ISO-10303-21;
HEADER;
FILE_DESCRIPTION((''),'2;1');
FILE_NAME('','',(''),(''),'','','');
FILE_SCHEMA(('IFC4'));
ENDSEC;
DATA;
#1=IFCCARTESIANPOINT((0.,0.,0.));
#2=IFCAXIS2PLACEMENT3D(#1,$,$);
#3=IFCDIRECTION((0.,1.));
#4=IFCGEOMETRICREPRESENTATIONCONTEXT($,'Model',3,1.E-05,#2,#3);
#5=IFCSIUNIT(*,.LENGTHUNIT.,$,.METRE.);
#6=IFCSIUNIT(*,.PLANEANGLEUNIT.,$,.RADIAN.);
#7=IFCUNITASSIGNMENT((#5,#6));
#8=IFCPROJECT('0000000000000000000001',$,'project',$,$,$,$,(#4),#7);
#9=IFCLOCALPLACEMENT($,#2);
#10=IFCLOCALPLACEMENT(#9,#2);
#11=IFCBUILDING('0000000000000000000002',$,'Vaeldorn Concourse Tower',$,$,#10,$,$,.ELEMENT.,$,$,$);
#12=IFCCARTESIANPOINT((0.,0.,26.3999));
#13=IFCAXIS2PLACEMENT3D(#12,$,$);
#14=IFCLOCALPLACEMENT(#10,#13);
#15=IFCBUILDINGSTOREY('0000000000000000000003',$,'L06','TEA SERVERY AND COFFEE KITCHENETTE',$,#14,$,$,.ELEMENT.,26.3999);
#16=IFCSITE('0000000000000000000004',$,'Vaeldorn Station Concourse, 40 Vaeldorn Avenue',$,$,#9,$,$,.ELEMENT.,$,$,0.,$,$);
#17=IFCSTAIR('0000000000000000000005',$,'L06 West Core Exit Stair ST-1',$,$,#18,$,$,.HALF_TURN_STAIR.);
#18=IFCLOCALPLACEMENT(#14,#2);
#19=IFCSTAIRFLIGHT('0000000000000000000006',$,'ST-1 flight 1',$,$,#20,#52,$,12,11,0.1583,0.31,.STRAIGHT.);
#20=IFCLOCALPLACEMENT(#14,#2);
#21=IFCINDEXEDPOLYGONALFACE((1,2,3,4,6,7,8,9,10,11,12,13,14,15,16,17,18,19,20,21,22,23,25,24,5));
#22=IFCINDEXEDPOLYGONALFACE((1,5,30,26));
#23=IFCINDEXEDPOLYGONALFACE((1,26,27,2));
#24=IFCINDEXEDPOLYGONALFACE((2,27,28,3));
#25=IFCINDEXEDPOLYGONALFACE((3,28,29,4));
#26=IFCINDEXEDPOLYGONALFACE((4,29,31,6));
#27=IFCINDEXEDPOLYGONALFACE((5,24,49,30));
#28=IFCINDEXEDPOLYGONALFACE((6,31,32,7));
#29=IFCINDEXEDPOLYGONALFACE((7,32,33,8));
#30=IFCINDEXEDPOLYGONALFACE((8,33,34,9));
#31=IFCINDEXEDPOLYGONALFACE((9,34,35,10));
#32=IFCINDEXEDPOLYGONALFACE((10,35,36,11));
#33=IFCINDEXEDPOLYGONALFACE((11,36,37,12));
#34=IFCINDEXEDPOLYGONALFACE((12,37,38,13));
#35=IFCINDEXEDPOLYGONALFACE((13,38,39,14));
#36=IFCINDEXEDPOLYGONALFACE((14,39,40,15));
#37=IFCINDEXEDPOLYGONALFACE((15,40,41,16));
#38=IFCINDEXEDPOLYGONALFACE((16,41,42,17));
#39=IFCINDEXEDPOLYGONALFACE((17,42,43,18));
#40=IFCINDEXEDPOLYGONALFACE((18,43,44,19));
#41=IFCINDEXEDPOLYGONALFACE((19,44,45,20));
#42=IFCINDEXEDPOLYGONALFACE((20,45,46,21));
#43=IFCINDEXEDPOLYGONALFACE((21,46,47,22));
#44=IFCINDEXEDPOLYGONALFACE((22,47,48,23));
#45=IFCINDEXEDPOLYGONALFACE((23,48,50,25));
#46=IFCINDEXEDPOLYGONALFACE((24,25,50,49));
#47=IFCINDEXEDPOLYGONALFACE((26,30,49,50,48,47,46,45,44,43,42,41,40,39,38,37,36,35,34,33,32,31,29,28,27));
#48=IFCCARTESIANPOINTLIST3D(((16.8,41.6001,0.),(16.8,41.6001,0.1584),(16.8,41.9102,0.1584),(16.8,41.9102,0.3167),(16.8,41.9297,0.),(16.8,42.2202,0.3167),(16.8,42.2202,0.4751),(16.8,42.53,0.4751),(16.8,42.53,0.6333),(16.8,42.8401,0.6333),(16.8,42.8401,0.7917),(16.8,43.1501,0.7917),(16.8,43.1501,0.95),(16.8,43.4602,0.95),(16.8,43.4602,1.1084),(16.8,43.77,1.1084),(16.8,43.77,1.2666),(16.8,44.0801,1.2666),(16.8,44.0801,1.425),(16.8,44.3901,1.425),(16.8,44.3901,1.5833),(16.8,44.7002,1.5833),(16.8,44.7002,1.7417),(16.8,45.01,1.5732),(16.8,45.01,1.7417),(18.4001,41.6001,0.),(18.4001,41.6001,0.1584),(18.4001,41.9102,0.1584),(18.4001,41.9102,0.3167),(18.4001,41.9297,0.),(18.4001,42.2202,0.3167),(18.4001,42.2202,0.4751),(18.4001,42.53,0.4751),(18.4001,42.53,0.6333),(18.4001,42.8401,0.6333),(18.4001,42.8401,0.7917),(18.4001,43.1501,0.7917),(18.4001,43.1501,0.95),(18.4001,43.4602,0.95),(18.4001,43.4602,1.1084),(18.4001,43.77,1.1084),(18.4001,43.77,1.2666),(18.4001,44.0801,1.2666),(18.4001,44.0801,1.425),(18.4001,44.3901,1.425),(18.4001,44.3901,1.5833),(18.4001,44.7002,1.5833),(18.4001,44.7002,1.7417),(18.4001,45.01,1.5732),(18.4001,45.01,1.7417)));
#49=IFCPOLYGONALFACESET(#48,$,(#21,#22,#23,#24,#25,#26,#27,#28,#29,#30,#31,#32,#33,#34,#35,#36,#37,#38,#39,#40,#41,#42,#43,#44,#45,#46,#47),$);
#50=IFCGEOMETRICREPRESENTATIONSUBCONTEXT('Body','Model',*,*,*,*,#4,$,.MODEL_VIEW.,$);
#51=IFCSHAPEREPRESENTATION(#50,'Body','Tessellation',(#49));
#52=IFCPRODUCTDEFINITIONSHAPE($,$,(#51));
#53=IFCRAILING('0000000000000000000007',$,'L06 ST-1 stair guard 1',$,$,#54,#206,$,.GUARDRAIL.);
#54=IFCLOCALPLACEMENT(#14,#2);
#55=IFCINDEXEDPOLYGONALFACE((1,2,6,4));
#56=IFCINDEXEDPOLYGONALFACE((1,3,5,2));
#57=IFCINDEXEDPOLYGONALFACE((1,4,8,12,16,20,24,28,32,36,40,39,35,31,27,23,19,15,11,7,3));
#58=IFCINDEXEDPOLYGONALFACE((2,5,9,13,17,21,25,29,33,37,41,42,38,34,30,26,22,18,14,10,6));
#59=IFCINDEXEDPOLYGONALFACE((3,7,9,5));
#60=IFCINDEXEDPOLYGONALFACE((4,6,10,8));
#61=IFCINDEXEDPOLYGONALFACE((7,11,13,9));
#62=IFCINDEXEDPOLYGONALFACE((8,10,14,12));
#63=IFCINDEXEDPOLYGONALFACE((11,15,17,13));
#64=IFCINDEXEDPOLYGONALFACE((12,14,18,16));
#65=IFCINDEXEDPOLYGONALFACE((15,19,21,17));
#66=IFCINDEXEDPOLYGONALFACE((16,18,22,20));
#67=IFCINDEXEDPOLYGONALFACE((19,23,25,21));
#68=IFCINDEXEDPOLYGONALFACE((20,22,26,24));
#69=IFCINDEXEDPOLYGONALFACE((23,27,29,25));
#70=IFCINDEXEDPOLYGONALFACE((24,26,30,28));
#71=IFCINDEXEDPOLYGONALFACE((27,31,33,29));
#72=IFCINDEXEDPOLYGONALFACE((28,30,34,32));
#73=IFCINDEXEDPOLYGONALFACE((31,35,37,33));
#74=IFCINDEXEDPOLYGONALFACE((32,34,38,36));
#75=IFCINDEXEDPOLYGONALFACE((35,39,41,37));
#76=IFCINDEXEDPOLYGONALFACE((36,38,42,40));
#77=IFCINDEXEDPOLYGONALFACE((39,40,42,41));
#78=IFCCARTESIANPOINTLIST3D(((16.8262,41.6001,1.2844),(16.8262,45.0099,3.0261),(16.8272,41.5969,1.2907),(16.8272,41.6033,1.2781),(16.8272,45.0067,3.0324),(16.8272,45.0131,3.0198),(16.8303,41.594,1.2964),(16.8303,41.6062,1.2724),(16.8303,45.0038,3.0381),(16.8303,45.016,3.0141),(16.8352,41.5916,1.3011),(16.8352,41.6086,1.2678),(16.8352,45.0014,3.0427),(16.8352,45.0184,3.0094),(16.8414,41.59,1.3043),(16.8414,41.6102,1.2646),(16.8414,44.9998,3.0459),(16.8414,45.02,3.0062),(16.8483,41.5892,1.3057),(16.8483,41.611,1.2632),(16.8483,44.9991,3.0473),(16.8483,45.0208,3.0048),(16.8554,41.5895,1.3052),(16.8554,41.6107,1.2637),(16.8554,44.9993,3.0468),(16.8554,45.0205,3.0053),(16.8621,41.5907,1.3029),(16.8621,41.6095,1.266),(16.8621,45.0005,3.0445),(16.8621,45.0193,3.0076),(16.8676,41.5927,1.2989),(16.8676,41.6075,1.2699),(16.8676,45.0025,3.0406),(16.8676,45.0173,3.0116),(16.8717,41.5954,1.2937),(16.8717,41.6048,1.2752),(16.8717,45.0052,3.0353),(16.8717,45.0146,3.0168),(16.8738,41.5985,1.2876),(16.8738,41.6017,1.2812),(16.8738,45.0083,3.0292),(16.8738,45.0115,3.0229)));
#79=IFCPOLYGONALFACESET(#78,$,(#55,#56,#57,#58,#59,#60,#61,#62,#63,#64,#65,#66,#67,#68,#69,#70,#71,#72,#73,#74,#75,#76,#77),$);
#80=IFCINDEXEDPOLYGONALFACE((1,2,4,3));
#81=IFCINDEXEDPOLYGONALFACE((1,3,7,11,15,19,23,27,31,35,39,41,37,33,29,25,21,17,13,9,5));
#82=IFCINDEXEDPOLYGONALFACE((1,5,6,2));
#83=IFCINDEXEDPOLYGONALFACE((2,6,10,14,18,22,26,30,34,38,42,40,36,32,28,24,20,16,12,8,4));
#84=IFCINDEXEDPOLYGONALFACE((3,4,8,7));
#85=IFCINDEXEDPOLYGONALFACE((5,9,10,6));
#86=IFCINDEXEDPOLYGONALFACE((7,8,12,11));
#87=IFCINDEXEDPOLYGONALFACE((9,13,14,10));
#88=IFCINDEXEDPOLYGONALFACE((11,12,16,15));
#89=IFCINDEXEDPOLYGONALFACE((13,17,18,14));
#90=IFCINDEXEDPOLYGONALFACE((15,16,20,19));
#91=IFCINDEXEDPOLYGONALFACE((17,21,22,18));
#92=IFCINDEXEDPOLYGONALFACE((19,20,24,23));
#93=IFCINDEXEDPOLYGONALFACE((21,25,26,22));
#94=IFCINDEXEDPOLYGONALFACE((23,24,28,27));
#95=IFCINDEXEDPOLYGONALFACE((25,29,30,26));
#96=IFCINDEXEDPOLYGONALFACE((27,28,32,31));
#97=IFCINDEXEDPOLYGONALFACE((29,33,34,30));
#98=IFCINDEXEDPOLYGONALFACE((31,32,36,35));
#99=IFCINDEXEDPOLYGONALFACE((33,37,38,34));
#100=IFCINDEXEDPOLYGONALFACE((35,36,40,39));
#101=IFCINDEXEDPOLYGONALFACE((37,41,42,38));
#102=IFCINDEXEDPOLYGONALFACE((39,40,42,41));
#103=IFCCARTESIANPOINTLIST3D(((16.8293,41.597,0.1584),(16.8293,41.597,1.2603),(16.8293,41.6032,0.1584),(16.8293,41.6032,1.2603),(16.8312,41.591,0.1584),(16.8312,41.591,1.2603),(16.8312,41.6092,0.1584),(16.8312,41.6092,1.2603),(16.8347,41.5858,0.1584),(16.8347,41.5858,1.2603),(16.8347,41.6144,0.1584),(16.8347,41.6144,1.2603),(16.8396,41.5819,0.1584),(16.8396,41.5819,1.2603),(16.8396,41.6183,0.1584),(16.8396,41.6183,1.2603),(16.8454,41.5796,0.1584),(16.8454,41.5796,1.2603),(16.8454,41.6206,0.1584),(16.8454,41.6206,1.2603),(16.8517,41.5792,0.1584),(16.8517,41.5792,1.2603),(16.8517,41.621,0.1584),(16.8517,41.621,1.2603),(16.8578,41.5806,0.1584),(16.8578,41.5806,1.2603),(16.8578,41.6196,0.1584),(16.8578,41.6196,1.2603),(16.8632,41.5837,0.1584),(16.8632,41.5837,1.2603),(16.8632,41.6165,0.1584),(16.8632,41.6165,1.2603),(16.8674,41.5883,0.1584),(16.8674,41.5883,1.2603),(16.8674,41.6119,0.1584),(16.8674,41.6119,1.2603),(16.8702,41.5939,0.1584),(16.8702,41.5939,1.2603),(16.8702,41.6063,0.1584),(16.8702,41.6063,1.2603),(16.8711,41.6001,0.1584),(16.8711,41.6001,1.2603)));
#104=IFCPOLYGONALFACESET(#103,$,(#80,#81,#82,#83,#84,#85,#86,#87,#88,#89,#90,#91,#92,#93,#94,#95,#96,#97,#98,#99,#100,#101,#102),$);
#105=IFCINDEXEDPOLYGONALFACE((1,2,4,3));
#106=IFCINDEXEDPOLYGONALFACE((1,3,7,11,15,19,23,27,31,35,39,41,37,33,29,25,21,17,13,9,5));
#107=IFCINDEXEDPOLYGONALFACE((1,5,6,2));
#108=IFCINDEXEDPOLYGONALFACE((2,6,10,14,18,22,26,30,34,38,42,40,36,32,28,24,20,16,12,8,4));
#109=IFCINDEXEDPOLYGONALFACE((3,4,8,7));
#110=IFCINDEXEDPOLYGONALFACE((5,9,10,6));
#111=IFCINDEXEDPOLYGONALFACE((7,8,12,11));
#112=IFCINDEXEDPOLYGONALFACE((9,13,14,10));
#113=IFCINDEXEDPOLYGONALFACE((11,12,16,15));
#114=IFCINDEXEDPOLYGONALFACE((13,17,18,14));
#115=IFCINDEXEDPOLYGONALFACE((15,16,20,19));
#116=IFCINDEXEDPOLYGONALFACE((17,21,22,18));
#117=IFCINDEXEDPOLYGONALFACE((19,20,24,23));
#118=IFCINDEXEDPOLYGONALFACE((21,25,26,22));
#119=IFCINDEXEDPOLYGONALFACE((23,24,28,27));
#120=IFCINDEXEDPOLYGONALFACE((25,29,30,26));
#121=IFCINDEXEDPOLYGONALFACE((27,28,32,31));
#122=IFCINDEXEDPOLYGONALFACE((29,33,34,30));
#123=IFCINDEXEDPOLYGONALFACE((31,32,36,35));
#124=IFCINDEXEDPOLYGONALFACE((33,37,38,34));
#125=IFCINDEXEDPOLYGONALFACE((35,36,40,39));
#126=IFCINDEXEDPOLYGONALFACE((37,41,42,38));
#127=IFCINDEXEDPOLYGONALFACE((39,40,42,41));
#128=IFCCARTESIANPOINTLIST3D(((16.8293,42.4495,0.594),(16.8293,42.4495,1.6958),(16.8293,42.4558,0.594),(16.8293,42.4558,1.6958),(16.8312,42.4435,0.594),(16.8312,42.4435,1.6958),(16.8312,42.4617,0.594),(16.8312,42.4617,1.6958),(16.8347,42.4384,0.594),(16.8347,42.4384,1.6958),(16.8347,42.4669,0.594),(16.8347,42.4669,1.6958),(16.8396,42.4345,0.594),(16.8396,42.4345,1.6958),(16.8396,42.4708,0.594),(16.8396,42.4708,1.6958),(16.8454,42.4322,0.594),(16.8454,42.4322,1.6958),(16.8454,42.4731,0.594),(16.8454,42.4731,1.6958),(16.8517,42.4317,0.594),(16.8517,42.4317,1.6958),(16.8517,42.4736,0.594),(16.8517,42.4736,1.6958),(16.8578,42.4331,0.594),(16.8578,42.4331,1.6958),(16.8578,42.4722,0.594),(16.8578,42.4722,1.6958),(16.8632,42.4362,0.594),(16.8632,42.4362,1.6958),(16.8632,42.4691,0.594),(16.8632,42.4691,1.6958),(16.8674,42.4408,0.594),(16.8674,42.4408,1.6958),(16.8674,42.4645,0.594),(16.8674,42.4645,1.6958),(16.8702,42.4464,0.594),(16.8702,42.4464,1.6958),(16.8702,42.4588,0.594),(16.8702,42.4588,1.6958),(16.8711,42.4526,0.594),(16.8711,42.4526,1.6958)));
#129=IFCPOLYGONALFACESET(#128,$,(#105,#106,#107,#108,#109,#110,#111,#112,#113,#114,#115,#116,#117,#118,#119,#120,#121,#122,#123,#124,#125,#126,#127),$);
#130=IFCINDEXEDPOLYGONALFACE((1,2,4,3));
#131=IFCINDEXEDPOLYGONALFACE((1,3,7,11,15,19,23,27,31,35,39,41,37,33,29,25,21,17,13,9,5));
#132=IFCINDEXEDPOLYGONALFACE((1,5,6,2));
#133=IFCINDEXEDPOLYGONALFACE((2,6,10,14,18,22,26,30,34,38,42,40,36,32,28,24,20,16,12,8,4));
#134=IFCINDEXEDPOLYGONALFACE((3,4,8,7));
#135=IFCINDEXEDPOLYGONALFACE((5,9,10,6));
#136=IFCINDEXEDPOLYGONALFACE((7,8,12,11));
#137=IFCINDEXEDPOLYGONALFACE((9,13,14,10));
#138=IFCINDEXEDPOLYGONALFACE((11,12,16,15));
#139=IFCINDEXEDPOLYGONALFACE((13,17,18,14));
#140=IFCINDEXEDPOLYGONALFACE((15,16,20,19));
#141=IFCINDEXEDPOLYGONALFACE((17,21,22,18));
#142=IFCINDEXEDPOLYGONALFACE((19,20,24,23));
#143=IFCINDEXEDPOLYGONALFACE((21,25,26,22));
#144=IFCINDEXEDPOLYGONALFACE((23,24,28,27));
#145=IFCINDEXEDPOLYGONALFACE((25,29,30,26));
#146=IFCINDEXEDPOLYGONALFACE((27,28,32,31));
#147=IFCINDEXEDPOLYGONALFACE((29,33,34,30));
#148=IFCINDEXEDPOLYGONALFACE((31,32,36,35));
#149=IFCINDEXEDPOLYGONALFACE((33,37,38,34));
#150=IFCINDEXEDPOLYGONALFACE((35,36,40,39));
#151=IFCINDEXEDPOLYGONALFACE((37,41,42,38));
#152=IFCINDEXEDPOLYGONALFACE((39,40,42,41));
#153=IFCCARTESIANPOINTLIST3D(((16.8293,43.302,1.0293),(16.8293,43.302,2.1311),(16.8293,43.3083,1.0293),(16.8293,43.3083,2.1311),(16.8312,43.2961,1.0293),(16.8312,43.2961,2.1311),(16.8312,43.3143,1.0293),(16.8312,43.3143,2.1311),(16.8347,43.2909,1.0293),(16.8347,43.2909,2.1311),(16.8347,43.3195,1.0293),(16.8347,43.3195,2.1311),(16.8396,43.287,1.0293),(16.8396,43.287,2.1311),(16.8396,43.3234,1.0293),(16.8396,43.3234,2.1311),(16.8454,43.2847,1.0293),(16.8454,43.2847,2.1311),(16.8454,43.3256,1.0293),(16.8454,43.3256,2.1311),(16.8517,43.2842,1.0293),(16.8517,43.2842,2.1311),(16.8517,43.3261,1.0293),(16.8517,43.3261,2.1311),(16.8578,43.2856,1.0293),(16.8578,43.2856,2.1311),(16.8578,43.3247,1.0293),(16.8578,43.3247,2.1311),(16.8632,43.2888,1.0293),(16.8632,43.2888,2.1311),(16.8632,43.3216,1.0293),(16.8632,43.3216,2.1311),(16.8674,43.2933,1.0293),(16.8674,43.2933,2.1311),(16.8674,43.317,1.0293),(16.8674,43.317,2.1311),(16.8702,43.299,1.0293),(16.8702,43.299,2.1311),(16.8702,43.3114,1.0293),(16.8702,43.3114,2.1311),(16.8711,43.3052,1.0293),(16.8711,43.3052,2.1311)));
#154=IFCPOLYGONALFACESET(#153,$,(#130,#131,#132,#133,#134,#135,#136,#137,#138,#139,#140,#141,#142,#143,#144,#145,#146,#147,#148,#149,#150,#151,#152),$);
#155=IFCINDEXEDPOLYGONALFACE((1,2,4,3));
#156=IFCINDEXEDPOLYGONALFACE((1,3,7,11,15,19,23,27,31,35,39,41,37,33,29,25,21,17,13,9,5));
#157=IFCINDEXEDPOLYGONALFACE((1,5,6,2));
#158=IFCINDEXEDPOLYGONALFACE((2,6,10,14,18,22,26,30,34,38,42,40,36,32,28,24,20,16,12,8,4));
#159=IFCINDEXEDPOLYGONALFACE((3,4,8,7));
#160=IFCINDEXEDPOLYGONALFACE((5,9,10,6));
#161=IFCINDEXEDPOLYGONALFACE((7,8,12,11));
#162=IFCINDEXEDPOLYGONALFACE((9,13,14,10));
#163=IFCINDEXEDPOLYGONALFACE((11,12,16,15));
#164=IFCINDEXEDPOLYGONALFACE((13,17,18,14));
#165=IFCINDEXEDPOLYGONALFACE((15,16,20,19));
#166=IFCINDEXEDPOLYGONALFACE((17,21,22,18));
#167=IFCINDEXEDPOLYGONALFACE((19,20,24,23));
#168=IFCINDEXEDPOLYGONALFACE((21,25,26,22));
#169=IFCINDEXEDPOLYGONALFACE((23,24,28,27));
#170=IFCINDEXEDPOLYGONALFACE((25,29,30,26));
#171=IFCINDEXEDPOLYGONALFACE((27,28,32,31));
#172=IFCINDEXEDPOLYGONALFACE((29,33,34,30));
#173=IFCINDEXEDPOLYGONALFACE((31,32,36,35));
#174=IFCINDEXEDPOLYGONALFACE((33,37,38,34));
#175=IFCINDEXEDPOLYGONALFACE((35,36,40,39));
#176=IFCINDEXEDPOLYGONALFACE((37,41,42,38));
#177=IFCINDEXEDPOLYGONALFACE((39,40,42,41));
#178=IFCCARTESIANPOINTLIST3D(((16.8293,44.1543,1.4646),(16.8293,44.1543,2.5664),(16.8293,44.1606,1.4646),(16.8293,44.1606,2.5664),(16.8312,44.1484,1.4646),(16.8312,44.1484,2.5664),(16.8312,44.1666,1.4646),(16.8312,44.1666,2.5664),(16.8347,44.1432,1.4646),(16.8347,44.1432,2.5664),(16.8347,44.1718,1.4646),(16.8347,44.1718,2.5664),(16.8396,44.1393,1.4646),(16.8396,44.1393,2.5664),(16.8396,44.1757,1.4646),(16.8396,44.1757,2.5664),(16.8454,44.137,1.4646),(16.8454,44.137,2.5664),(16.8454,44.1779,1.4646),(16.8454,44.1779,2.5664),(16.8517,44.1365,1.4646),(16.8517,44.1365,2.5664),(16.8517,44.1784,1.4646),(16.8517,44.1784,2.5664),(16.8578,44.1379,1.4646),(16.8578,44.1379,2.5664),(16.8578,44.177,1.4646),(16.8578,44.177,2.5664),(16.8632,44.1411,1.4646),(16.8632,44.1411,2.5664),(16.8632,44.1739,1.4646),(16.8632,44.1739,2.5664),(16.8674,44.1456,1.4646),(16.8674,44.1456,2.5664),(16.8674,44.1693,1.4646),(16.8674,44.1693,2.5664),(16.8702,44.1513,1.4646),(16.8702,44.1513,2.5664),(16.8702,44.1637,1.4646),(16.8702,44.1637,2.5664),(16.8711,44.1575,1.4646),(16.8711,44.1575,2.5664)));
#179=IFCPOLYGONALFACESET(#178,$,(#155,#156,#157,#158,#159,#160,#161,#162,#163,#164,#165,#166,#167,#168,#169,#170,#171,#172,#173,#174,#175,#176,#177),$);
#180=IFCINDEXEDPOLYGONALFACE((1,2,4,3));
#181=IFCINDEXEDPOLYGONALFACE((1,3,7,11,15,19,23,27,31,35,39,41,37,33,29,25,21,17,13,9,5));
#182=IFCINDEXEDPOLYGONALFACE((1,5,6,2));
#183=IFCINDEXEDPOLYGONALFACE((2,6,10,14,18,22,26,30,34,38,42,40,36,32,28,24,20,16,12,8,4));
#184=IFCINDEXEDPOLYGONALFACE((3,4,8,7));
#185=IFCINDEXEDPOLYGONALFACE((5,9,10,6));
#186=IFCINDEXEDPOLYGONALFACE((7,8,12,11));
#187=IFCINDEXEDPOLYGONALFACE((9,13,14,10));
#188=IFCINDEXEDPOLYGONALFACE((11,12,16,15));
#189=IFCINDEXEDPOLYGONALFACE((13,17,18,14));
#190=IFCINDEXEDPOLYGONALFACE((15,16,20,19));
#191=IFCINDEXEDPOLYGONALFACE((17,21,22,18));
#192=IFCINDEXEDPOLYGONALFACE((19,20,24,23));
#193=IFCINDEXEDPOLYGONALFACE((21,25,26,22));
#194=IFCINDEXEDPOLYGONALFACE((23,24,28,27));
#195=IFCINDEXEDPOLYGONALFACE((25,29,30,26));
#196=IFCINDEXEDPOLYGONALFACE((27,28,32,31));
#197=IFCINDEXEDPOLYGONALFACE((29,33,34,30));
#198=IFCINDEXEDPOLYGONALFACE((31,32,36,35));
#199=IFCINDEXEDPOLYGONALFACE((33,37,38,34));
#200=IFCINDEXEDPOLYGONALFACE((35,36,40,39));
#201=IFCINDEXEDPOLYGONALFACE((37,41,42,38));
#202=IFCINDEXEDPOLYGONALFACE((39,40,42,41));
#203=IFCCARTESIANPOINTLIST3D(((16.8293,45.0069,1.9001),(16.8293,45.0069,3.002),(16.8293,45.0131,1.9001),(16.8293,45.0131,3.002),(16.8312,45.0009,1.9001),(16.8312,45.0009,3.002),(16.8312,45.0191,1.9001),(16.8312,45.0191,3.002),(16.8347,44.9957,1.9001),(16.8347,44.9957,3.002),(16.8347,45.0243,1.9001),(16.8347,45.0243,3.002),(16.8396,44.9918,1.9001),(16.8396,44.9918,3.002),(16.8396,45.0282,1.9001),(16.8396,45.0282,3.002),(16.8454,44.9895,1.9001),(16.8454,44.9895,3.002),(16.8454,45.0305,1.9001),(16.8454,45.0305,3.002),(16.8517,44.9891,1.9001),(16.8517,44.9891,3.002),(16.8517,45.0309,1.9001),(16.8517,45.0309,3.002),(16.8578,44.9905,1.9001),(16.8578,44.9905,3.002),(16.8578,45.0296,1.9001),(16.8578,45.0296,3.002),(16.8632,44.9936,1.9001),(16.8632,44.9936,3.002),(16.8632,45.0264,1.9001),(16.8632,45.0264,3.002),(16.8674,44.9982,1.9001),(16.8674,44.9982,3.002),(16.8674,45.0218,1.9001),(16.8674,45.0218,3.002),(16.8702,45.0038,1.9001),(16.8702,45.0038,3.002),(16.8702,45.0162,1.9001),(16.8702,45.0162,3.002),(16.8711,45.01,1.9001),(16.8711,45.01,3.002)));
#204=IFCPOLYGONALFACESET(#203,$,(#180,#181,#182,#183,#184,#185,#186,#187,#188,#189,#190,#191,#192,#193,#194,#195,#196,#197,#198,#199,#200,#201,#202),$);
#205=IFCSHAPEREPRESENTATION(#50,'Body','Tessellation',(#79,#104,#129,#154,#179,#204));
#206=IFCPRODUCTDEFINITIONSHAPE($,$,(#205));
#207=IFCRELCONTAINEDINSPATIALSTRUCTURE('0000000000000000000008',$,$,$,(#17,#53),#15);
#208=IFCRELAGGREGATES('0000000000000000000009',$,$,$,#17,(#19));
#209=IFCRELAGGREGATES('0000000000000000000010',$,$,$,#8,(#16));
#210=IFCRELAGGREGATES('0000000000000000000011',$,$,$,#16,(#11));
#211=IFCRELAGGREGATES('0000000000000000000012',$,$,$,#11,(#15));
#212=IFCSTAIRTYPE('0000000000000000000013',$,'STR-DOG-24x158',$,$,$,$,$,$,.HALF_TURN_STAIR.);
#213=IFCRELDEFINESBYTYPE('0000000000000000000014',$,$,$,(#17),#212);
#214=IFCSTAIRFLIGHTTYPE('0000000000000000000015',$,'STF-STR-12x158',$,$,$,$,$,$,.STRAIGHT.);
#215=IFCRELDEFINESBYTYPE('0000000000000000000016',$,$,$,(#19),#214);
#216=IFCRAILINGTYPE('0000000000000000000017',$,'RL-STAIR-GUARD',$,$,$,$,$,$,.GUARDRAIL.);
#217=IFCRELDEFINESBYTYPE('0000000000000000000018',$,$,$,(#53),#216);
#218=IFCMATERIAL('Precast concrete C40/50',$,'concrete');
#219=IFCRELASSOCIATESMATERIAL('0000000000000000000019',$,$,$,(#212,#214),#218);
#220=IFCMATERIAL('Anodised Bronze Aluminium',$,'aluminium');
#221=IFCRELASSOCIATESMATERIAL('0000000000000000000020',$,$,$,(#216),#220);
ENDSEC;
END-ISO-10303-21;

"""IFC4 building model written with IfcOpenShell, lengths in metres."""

from ifc_helpers import new_model, si_unit, direction, frame, origin, origin_2d, place, context, subcontext, project, spatial, polyline, circle, outline, extrude, material, type_object, element, aggregate, save


model = new_model("IFC4")

# Units and contexts
model_context = context("Model", 3, precision=1e-05, world=origin(), true_north=direction((0.0, 1.0)))
body_context = subcontext(model_context, "Body", "Model", "MODEL_VIEW")
ifc_project = project(units=[si_unit("LENGTHUNIT", "METRE"), si_unit("PLANEANGLEUNIT", "RADIAN")], contexts=[model_context])

# Site, building, storey
site_placement = place(None, origin())
site = spatial("IfcSite", under=ifc_project, at=site_placement, Name="Vaeldorn Station Concourse, 40 Vaeldorn Avenue", CompositionType="ELEMENT", RefElevation=0.0)
building_placement = place(site_placement, origin())
building = spatial("IfcBuilding", under=site, at=building_placement, Name="Vaeldorn Concourse Tower", CompositionType="ELEMENT")
storey_placement = place(building_placement, frame((0.0, 0.0, 26.3999)))
storey = spatial("IfcBuildingStorey", under=building, at=storey_placement, Name="L06", Description="TEA SERVERY AND COFFEE KITCHENETTE", CompositionType="ELEMENT", Elevation=26.3999)

# Shared definitions
ifc_material_1 = material(Name="Anodised Bronze Aluminium", Category="aluminium")

# Stair, stair flight
ifc_material_2 = material(Name="Precast concrete C40/50", Category="concrete")
stair_type = type_object("IfcStairType", Name="STR-DOG-24x158", PredefinedType="HALF_TURN_STAIR", material=ifc_material_2)
stair_placement = place(storey_placement, origin())
stair = element("IfcStair", 1, at=stair_placement, inside=storey, type_object=stair_type, Name="L06 West Core Exit Stair ST-1", PredefinedType="HALF_TURN_STAIR")
stair_flight_type = type_object("IfcStairFlightType", Name="STF-STR-12x158", PredefinedType="STRAIGHT", material=ifc_material_2)
stair_flight_placement = place(storey_placement, frame((17.6001, 41.6001, 0.0), z_axis=(0.0, 0.0, 1.0), x_axis=(0.0, 1.0, 0.0)))
stair_flight = element("IfcStairFlight", 2, at=stair_flight_placement, type_object=stair_flight_type, Name="ST-1 flight 1", NumberOfRisers=12, NumberOfTreads=11, PredefinedType="STRAIGHT", RiserHeight=0.1583, TreadLength=0.31, context=body_context, shape_type="SweptSolid", body=[
    extrude(outline(polyline([(0.0, 0.0), (0.0, 0.1584), (0.3101, 0.1584), (0.3101, 0.3167), (0.6201, 0.3167), (0.6201, 0.4751), (0.9299, 0.4751), (0.9299, 0.6333), (1.24, 0.6333), (1.24, 0.7917), (1.55, 0.7917), (1.55, 0.95), (1.8601, 0.95), (1.8601, 1.1084), (2.1699, 1.1084), (2.1699, 1.2666), (2.48, 1.2666), (2.48, 1.425), (2.79, 1.425), (2.79, 1.5833), (3.1001, 1.5833), (3.1001, 1.7417), (3.4099, 1.7417), (3.4099, 1.8999), (3.4099, 1.5732), (0.3296, 0.0), (0.0, 0.0)])), frame((0.0, 0.8, 0.0), z_axis=(0.0, -1.0, 0.0), x_axis=(1.0, 0.0, 0.0)), (0.0, 0.0, 1.0), 1.6001),
])
aggregate(stair, [stair_flight])

# Railing
railing_type = type_object("IfcRailingType", Name="RL-STAIR-GUARD", PredefinedType="GUARDRAIL", material=ifc_material_1)
railing_1_placement = place(storey_placement, frame((16.8501, 41.6001, 0.1584)))
element("IfcRailing", 3, at=railing_1_placement, inside=storey, type_object=railing_type, Name="L06 ST-1 stair guard 1", PredefinedType="GUARDRAIL", context=body_context, shape_type="SweptSolid", body=[
    extrude(circle(Radius=0.0239, at=origin_2d()), frame((0.0, 0.0, 1.126), z_axis=(0.0, 0.890556, 0.454874), x_axis=(-1.0, 0.0, 0.0)), (0.0, 0.0, 1.0), 3.8289),
    extrude(circle(Radius=0.021, at=origin_2d()), origin(), (0.0, 0.0, 1.0), 1.1018),
    extrude(circle(Radius=0.021, at=origin_2d()), frame((0.0, 0.8525, 0.4355)), (0.0, 0.0, 1.0), 1.1018),
    extrude(circle(Radius=0.021, at=origin_2d()), frame((0.0, 1.7051, 0.8708)), (0.0, 0.0, 1.0), 1.1018),
    extrude(circle(Radius=0.021, at=origin_2d()), frame((0.0, 2.5574, 1.3062)), (0.0, 0.0, 1.0), 1.1018),
    extrude(circle(Radius=0.021, at=origin_2d()), frame((0.0, 3.4099, 1.7417)), (0.0, 0.0, 1.0), 1.1018),
])

save(model, "model.ifc")
